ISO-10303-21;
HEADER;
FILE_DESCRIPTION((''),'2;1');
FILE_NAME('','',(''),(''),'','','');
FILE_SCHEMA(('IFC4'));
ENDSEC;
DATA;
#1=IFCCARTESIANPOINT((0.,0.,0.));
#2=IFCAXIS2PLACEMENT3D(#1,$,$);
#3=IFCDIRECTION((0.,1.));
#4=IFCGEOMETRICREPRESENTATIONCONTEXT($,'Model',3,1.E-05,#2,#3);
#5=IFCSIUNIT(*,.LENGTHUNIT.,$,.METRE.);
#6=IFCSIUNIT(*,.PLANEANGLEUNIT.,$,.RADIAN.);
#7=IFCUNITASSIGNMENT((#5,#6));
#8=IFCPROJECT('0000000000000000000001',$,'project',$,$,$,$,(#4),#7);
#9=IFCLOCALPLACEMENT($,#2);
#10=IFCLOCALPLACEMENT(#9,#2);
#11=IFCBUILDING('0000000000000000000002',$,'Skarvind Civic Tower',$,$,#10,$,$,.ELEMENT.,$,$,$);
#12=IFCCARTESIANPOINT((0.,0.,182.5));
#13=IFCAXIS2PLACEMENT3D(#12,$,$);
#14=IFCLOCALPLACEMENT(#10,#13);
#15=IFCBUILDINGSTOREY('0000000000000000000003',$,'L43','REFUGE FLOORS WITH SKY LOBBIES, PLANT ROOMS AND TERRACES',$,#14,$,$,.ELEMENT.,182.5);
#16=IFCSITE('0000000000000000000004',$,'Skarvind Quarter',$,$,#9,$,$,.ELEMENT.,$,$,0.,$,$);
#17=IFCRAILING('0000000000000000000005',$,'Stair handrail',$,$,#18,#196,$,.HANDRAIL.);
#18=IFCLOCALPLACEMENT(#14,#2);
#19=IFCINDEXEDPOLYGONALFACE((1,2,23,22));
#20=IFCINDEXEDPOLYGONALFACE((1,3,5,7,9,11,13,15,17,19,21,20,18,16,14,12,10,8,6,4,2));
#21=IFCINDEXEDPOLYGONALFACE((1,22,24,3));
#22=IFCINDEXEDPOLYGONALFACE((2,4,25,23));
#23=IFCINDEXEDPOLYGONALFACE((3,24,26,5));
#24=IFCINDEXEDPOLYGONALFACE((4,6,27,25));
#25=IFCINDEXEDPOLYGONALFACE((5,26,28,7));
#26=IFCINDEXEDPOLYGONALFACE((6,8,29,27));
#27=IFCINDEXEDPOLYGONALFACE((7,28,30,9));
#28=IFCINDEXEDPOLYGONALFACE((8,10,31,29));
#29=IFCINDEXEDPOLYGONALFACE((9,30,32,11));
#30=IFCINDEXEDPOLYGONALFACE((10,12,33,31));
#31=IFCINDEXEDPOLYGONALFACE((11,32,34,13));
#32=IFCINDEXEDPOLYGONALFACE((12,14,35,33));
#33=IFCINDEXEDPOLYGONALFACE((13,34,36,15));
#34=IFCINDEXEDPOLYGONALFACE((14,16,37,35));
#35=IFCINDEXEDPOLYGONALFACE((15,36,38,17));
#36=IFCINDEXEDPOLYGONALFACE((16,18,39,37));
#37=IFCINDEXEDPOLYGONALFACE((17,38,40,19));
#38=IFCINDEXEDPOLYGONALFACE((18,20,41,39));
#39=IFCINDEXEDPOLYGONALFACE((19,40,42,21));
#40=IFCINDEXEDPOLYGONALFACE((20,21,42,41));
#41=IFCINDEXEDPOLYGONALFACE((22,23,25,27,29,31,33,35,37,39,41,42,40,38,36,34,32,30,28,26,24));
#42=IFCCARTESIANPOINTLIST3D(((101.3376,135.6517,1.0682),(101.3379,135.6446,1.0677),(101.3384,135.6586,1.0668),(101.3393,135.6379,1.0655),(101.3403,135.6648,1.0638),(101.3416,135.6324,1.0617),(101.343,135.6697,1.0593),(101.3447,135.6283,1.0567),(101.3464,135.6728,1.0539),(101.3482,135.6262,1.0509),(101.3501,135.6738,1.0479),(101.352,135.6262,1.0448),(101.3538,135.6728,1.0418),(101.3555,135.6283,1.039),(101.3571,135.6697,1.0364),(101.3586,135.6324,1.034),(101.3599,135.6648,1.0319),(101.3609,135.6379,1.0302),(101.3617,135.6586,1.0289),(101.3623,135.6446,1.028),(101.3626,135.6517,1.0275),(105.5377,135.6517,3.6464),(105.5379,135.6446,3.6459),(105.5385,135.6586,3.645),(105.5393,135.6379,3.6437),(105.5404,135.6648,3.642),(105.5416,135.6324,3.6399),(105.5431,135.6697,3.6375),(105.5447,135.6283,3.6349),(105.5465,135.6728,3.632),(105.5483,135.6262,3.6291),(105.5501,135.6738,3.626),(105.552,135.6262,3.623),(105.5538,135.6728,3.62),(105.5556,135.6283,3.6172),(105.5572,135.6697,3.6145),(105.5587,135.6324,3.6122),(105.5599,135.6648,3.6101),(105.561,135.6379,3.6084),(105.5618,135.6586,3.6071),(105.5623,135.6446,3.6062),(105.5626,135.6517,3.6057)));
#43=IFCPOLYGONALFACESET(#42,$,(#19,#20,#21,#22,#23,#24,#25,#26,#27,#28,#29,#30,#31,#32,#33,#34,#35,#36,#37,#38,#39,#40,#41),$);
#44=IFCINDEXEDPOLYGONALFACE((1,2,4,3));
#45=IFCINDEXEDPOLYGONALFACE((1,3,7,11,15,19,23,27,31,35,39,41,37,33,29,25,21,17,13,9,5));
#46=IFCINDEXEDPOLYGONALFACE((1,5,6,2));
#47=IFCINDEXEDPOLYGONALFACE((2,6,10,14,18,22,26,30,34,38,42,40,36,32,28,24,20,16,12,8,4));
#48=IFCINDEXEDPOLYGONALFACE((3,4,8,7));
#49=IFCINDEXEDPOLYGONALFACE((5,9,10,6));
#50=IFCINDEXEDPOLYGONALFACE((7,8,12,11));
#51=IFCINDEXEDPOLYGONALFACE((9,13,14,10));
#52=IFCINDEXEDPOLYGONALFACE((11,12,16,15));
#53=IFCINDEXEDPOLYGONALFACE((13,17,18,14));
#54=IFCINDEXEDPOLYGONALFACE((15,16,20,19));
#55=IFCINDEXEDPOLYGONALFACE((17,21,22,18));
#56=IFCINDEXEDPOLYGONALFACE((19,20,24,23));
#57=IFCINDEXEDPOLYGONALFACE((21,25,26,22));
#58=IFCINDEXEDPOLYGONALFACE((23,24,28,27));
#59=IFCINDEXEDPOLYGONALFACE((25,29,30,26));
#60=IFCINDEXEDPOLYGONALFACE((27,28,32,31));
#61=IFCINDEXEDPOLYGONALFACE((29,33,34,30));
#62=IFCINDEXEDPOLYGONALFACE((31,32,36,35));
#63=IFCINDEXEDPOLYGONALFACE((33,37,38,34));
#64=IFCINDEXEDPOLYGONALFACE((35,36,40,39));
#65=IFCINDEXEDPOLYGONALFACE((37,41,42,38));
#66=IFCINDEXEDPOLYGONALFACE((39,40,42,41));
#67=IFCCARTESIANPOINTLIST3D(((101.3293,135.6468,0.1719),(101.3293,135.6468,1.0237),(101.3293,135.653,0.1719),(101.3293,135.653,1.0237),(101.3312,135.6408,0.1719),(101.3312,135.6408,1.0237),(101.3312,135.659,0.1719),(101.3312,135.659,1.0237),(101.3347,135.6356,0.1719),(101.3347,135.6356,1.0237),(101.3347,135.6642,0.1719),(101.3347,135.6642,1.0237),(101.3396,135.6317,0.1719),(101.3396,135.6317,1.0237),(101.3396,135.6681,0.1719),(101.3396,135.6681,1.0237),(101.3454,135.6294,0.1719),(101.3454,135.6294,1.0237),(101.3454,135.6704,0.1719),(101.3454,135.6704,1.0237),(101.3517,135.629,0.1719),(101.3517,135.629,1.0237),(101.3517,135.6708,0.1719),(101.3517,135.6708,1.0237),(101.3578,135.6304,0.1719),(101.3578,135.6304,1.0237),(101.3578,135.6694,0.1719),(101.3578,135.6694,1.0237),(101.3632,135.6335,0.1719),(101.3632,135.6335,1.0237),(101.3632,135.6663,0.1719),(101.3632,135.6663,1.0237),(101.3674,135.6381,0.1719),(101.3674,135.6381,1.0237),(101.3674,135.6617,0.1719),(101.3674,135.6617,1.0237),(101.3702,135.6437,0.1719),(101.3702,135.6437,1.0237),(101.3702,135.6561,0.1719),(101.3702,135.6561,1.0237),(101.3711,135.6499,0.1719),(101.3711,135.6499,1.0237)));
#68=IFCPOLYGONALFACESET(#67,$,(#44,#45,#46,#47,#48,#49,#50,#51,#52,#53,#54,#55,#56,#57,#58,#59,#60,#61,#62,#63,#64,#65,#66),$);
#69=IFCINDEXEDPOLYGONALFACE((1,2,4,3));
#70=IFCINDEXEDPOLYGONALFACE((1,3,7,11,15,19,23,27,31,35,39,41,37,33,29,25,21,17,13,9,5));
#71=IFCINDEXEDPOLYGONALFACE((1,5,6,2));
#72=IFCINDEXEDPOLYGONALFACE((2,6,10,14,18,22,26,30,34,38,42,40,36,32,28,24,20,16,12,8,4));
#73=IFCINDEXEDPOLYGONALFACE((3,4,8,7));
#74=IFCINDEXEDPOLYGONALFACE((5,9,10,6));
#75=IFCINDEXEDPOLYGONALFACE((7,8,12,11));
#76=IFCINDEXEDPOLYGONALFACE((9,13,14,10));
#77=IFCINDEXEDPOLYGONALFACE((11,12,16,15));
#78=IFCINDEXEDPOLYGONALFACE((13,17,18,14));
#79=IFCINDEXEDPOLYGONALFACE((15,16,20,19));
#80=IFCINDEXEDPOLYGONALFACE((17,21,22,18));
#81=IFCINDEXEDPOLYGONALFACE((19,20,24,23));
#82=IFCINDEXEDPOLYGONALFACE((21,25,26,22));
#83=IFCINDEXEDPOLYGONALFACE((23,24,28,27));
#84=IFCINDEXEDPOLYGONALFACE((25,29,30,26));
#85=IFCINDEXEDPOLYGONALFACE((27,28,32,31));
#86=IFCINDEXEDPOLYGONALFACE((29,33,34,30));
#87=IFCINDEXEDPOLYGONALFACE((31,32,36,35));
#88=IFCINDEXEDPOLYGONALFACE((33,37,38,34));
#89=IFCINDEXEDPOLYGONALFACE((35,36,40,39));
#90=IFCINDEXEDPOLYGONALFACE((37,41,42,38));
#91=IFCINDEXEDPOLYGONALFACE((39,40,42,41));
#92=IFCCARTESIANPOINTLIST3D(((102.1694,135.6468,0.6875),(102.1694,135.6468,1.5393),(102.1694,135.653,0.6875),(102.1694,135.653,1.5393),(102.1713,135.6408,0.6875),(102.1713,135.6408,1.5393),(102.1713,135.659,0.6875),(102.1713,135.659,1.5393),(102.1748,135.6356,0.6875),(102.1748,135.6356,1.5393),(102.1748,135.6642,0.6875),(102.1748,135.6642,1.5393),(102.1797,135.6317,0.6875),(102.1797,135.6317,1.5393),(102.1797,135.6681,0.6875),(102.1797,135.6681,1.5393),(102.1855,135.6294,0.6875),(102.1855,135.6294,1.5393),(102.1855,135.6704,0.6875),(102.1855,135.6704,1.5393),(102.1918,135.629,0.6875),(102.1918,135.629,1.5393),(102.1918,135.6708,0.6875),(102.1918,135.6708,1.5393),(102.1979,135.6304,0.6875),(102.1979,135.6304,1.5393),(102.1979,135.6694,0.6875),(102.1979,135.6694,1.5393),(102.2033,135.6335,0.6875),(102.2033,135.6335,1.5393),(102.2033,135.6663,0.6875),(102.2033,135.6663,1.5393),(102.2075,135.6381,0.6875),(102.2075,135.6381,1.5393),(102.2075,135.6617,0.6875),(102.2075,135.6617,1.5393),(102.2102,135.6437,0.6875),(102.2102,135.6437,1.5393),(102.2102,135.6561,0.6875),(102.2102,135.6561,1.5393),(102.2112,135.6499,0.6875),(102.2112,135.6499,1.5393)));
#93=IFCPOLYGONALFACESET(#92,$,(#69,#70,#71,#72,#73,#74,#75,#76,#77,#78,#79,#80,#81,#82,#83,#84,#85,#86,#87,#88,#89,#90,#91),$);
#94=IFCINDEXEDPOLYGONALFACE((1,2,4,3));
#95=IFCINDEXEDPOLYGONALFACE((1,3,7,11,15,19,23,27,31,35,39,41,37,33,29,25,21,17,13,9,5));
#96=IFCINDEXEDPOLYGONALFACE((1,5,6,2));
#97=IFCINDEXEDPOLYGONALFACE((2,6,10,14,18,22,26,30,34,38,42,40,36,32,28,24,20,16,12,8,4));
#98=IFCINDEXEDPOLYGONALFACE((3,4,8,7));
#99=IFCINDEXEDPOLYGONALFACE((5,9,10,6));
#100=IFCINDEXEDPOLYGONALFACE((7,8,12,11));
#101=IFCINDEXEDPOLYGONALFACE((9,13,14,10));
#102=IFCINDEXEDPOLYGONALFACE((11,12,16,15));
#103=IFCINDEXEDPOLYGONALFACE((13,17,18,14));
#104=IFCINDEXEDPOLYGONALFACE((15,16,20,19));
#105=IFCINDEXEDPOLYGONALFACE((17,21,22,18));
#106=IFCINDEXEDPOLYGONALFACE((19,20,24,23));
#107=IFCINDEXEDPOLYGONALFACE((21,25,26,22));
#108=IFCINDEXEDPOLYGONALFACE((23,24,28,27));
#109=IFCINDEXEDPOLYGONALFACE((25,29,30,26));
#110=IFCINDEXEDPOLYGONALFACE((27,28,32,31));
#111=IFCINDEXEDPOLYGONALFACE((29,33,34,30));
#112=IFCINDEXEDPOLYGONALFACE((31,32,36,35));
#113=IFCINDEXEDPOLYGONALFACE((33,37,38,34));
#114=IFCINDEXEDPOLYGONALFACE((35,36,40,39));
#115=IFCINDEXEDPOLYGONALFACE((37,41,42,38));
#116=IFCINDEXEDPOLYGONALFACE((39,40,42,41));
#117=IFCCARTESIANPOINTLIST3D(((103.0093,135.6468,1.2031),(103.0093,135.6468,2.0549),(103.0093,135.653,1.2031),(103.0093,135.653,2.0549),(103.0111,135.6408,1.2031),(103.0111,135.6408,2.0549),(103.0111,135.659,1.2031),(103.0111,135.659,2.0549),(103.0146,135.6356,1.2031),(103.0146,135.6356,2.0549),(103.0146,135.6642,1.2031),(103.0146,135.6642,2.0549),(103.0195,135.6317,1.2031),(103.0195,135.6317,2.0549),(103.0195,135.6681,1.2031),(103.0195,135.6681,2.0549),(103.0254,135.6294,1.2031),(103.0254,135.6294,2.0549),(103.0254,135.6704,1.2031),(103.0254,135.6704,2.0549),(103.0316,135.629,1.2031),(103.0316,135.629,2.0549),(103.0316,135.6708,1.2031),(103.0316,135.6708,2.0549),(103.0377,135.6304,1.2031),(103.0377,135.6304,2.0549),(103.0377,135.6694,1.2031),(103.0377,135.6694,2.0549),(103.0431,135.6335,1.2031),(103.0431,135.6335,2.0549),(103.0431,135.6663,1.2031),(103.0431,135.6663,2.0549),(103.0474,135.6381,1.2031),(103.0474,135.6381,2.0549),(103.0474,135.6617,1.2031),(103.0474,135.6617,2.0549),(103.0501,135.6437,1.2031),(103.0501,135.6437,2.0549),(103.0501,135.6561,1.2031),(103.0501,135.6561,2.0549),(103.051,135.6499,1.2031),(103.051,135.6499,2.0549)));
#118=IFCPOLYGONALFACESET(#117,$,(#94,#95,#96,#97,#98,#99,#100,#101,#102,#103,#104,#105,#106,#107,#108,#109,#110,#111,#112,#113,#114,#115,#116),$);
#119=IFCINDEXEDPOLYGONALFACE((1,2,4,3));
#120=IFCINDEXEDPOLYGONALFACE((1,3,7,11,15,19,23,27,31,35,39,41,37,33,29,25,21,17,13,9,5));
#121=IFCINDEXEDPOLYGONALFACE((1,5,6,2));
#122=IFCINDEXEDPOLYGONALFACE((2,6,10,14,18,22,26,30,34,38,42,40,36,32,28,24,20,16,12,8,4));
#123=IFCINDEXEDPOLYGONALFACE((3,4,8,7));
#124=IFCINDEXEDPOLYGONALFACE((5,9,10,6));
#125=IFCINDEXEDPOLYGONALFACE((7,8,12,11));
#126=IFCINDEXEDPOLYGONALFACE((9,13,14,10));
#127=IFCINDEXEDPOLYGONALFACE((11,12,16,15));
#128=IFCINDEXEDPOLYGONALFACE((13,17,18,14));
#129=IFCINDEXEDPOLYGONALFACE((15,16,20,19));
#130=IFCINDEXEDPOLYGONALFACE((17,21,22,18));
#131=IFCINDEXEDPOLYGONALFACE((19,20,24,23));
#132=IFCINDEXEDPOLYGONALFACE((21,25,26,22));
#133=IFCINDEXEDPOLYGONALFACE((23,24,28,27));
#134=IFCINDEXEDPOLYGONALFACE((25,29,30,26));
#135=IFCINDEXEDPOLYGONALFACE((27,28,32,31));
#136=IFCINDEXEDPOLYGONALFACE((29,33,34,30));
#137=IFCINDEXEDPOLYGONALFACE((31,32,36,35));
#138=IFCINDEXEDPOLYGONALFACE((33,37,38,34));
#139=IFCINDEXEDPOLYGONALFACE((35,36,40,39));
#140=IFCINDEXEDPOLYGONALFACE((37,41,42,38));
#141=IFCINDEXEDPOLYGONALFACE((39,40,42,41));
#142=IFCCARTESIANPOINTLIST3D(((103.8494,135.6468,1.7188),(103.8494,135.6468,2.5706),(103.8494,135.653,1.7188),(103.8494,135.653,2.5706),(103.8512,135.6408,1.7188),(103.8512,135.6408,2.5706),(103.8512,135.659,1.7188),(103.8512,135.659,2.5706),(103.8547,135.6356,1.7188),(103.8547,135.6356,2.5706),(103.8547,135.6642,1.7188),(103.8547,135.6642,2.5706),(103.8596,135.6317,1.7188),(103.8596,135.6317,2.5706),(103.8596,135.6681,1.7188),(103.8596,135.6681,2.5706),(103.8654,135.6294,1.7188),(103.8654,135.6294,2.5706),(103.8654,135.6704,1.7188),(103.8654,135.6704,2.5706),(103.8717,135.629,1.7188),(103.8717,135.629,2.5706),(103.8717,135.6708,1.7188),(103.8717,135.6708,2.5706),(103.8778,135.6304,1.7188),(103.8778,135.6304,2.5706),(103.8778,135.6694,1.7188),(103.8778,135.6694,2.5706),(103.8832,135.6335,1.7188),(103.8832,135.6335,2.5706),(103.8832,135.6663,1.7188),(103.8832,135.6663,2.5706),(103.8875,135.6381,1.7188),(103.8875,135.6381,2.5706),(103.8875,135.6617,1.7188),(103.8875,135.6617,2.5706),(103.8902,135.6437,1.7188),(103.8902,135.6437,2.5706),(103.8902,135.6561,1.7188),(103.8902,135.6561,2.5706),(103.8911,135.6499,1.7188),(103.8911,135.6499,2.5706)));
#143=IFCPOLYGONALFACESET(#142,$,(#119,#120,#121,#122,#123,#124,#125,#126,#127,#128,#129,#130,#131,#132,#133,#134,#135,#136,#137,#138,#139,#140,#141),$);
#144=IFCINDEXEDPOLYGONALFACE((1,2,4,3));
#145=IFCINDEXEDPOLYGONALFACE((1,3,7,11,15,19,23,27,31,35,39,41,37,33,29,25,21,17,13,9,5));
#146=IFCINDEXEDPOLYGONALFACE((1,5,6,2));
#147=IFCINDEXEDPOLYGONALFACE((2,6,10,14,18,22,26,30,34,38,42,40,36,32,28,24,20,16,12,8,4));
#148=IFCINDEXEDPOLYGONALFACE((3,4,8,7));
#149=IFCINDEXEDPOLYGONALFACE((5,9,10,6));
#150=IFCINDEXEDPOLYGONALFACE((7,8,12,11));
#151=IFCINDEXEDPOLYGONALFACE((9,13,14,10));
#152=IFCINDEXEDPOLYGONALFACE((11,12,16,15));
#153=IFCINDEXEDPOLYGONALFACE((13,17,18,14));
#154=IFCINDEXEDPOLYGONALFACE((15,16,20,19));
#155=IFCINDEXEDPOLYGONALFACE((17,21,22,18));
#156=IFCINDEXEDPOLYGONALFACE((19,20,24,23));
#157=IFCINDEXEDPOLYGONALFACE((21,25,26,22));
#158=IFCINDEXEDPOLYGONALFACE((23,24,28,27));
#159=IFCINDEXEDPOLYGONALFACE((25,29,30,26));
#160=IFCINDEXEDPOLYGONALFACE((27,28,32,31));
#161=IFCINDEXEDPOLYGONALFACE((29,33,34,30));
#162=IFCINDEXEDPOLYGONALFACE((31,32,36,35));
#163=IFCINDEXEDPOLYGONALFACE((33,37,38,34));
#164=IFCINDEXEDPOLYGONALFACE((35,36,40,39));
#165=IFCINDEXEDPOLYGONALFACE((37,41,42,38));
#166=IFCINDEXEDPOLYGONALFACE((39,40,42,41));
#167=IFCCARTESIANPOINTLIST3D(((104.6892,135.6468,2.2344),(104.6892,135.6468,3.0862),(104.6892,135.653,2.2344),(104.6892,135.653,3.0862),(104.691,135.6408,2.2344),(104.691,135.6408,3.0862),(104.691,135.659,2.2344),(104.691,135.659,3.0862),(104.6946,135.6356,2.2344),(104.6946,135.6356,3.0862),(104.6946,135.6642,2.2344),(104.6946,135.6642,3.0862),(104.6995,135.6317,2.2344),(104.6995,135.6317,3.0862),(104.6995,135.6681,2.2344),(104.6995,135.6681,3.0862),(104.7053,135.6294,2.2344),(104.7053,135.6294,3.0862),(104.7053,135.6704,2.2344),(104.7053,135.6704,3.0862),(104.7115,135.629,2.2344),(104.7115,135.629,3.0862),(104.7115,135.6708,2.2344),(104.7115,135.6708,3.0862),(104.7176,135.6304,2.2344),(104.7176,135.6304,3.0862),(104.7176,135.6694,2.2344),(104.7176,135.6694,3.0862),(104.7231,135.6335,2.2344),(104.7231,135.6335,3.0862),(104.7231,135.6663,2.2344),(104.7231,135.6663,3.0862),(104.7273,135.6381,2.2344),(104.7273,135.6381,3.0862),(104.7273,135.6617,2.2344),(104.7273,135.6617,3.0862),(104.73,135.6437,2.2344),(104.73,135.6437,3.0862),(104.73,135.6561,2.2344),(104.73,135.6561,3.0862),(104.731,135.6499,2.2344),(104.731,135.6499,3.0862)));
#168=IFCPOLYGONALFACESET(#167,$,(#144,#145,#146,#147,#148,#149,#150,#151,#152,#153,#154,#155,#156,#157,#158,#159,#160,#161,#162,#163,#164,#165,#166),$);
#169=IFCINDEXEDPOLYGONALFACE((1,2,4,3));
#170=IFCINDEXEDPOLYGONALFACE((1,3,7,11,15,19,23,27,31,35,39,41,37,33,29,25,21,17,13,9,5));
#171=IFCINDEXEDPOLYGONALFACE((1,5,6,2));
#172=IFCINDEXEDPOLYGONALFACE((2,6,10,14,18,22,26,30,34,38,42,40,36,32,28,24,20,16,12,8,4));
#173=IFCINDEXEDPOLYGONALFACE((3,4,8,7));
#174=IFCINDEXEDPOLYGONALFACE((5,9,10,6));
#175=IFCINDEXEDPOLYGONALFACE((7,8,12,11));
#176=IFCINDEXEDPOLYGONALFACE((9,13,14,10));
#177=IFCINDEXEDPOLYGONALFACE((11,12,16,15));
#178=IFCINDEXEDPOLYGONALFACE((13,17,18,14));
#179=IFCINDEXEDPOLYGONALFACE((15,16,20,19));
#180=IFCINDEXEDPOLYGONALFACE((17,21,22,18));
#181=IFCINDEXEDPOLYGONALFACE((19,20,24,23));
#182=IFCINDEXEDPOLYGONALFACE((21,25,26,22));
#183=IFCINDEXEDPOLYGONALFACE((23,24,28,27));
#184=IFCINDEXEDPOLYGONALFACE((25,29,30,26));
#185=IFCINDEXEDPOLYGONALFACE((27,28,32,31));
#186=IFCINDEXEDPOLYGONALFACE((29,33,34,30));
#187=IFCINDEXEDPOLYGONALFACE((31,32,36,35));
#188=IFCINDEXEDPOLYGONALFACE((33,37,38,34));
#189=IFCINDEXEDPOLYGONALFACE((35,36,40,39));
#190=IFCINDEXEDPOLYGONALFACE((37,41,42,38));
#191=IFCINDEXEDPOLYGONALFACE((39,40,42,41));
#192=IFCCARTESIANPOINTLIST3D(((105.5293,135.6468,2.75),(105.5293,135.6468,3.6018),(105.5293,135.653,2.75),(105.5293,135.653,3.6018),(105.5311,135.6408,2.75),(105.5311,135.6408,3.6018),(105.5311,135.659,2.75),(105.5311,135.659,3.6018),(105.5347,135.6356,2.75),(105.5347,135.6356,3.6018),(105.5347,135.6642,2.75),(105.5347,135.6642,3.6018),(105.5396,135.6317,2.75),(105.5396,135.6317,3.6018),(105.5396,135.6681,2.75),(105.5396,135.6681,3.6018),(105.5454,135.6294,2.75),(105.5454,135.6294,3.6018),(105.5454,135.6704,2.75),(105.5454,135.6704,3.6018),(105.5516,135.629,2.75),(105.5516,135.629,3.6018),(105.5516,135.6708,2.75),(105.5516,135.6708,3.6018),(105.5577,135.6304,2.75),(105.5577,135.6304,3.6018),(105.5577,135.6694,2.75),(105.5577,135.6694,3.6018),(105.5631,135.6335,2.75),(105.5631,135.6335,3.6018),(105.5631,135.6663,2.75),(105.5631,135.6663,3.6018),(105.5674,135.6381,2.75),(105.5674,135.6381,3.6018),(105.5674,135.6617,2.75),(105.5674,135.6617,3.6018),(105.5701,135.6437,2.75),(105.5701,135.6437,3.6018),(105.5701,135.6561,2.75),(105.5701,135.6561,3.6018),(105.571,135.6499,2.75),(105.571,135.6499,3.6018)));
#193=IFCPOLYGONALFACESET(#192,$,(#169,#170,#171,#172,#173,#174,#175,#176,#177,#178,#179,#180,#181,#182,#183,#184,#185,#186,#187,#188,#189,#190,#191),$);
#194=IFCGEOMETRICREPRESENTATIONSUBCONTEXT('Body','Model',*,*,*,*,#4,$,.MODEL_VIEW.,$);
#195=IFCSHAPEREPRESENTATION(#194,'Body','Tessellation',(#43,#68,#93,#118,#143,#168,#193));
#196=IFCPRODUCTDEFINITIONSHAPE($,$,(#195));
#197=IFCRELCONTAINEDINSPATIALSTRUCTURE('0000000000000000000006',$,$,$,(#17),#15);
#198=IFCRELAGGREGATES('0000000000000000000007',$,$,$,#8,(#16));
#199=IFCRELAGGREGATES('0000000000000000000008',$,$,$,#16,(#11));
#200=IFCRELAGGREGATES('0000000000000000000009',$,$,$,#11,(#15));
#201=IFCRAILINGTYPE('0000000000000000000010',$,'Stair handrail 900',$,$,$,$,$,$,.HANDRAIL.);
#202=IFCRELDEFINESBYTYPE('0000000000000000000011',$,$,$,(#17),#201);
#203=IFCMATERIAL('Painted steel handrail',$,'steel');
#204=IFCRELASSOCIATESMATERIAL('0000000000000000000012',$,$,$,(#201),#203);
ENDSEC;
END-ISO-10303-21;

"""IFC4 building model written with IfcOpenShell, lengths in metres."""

from ifc_helpers import new_model, si_unit, direction, frame, origin, origin_2d, place, context, subcontext, project, spatial, circle, extrude, material, type_object, element, save


model = new_model("IFC4")

# Units and contexts
model_context = context("Model", 3, precision=1e-05, world=origin(), true_north=direction((0.0, 1.0)))
body_context = subcontext(model_context, "Body", "Model", "MODEL_VIEW")
ifc_project = project(units=[si_unit("LENGTHUNIT", "METRE"), si_unit("PLANEANGLEUNIT", "RADIAN")], contexts=[model_context])

# Site, building, storey
site_placement = place(None, origin())
site = spatial("IfcSite", under=ifc_project, at=site_placement, Name="Skarvind Quarter", CompositionType="ELEMENT", RefElevation=0.0)
building_placement = place(site_placement, origin())
building = spatial("IfcBuilding", under=site, at=building_placement, Name="Skarvind Civic Tower", CompositionType="ELEMENT")
storey_placement = place(building_placement, frame((0.0, 0.0, 182.5)))
storey = spatial("IfcBuildingStorey", under=building, at=storey_placement, Name="L43", Description="REFUGE FLOORS WITH SKY LOBBIES, PLANT ROOMS AND TERRACES", CompositionType="ELEMENT", Elevation=182.5)

# Railing
ifc_material_1 = material(Name="Painted steel handrail", Category="steel")
railing_type = type_object("IfcRailingType", Name="Stair handrail 900", PredefinedType="HANDRAIL", material=ifc_material_1)
railing_1_placement = place(storey_placement, frame((101.3501, 135.6499, 0.1719)))
element("IfcRailing", 1, at=railing_1_placement, inside=storey, type_object=railing_type, Name="Stair handrail", PredefinedType="HANDRAIL", context=body_context, shape_type="SweptSolid", body=[
    extrude(circle(Radius=0.0239, at=origin_2d()), frame((0.0, 0.0, 0.876), z_axis=(0.852243, 0.0, 0.523146), x_axis=(0.0, 1.0, 0.0)), (0.0, 0.0, 1.0), 4.9282),
    extrude(circle(Radius=0.021, at=origin_2d()), origin(), (0.0, 0.0, 1.0), 0.8518),
    extrude(circle(Radius=0.021, at=origin_2d()), frame((0.8401, 0.0, 0.5156)), (0.0, 0.0, 1.0), 0.8518),
    extrude(circle(Radius=0.021, at=origin_2d()), frame((1.6799, 0.0, 1.0312)), (0.0, 0.0, 1.0), 0.8518),
    extrude(circle(Radius=0.021, at=origin_2d()), frame((2.52, 0.0, 1.5469)), (0.0, 0.0, 1.0), 0.8518),
    extrude(circle(Radius=0.021, at=origin_2d()), frame((3.3599, 0.0, 2.0625)), (0.0, 0.0, 1.0), 0.8518),
    extrude(circle(Radius=0.021, at=origin_2d()), frame((4.2, 0.0, 2.5781)), (0.0, 0.0, 1.0), 0.8518),
])

save(model, "model.ifc")
